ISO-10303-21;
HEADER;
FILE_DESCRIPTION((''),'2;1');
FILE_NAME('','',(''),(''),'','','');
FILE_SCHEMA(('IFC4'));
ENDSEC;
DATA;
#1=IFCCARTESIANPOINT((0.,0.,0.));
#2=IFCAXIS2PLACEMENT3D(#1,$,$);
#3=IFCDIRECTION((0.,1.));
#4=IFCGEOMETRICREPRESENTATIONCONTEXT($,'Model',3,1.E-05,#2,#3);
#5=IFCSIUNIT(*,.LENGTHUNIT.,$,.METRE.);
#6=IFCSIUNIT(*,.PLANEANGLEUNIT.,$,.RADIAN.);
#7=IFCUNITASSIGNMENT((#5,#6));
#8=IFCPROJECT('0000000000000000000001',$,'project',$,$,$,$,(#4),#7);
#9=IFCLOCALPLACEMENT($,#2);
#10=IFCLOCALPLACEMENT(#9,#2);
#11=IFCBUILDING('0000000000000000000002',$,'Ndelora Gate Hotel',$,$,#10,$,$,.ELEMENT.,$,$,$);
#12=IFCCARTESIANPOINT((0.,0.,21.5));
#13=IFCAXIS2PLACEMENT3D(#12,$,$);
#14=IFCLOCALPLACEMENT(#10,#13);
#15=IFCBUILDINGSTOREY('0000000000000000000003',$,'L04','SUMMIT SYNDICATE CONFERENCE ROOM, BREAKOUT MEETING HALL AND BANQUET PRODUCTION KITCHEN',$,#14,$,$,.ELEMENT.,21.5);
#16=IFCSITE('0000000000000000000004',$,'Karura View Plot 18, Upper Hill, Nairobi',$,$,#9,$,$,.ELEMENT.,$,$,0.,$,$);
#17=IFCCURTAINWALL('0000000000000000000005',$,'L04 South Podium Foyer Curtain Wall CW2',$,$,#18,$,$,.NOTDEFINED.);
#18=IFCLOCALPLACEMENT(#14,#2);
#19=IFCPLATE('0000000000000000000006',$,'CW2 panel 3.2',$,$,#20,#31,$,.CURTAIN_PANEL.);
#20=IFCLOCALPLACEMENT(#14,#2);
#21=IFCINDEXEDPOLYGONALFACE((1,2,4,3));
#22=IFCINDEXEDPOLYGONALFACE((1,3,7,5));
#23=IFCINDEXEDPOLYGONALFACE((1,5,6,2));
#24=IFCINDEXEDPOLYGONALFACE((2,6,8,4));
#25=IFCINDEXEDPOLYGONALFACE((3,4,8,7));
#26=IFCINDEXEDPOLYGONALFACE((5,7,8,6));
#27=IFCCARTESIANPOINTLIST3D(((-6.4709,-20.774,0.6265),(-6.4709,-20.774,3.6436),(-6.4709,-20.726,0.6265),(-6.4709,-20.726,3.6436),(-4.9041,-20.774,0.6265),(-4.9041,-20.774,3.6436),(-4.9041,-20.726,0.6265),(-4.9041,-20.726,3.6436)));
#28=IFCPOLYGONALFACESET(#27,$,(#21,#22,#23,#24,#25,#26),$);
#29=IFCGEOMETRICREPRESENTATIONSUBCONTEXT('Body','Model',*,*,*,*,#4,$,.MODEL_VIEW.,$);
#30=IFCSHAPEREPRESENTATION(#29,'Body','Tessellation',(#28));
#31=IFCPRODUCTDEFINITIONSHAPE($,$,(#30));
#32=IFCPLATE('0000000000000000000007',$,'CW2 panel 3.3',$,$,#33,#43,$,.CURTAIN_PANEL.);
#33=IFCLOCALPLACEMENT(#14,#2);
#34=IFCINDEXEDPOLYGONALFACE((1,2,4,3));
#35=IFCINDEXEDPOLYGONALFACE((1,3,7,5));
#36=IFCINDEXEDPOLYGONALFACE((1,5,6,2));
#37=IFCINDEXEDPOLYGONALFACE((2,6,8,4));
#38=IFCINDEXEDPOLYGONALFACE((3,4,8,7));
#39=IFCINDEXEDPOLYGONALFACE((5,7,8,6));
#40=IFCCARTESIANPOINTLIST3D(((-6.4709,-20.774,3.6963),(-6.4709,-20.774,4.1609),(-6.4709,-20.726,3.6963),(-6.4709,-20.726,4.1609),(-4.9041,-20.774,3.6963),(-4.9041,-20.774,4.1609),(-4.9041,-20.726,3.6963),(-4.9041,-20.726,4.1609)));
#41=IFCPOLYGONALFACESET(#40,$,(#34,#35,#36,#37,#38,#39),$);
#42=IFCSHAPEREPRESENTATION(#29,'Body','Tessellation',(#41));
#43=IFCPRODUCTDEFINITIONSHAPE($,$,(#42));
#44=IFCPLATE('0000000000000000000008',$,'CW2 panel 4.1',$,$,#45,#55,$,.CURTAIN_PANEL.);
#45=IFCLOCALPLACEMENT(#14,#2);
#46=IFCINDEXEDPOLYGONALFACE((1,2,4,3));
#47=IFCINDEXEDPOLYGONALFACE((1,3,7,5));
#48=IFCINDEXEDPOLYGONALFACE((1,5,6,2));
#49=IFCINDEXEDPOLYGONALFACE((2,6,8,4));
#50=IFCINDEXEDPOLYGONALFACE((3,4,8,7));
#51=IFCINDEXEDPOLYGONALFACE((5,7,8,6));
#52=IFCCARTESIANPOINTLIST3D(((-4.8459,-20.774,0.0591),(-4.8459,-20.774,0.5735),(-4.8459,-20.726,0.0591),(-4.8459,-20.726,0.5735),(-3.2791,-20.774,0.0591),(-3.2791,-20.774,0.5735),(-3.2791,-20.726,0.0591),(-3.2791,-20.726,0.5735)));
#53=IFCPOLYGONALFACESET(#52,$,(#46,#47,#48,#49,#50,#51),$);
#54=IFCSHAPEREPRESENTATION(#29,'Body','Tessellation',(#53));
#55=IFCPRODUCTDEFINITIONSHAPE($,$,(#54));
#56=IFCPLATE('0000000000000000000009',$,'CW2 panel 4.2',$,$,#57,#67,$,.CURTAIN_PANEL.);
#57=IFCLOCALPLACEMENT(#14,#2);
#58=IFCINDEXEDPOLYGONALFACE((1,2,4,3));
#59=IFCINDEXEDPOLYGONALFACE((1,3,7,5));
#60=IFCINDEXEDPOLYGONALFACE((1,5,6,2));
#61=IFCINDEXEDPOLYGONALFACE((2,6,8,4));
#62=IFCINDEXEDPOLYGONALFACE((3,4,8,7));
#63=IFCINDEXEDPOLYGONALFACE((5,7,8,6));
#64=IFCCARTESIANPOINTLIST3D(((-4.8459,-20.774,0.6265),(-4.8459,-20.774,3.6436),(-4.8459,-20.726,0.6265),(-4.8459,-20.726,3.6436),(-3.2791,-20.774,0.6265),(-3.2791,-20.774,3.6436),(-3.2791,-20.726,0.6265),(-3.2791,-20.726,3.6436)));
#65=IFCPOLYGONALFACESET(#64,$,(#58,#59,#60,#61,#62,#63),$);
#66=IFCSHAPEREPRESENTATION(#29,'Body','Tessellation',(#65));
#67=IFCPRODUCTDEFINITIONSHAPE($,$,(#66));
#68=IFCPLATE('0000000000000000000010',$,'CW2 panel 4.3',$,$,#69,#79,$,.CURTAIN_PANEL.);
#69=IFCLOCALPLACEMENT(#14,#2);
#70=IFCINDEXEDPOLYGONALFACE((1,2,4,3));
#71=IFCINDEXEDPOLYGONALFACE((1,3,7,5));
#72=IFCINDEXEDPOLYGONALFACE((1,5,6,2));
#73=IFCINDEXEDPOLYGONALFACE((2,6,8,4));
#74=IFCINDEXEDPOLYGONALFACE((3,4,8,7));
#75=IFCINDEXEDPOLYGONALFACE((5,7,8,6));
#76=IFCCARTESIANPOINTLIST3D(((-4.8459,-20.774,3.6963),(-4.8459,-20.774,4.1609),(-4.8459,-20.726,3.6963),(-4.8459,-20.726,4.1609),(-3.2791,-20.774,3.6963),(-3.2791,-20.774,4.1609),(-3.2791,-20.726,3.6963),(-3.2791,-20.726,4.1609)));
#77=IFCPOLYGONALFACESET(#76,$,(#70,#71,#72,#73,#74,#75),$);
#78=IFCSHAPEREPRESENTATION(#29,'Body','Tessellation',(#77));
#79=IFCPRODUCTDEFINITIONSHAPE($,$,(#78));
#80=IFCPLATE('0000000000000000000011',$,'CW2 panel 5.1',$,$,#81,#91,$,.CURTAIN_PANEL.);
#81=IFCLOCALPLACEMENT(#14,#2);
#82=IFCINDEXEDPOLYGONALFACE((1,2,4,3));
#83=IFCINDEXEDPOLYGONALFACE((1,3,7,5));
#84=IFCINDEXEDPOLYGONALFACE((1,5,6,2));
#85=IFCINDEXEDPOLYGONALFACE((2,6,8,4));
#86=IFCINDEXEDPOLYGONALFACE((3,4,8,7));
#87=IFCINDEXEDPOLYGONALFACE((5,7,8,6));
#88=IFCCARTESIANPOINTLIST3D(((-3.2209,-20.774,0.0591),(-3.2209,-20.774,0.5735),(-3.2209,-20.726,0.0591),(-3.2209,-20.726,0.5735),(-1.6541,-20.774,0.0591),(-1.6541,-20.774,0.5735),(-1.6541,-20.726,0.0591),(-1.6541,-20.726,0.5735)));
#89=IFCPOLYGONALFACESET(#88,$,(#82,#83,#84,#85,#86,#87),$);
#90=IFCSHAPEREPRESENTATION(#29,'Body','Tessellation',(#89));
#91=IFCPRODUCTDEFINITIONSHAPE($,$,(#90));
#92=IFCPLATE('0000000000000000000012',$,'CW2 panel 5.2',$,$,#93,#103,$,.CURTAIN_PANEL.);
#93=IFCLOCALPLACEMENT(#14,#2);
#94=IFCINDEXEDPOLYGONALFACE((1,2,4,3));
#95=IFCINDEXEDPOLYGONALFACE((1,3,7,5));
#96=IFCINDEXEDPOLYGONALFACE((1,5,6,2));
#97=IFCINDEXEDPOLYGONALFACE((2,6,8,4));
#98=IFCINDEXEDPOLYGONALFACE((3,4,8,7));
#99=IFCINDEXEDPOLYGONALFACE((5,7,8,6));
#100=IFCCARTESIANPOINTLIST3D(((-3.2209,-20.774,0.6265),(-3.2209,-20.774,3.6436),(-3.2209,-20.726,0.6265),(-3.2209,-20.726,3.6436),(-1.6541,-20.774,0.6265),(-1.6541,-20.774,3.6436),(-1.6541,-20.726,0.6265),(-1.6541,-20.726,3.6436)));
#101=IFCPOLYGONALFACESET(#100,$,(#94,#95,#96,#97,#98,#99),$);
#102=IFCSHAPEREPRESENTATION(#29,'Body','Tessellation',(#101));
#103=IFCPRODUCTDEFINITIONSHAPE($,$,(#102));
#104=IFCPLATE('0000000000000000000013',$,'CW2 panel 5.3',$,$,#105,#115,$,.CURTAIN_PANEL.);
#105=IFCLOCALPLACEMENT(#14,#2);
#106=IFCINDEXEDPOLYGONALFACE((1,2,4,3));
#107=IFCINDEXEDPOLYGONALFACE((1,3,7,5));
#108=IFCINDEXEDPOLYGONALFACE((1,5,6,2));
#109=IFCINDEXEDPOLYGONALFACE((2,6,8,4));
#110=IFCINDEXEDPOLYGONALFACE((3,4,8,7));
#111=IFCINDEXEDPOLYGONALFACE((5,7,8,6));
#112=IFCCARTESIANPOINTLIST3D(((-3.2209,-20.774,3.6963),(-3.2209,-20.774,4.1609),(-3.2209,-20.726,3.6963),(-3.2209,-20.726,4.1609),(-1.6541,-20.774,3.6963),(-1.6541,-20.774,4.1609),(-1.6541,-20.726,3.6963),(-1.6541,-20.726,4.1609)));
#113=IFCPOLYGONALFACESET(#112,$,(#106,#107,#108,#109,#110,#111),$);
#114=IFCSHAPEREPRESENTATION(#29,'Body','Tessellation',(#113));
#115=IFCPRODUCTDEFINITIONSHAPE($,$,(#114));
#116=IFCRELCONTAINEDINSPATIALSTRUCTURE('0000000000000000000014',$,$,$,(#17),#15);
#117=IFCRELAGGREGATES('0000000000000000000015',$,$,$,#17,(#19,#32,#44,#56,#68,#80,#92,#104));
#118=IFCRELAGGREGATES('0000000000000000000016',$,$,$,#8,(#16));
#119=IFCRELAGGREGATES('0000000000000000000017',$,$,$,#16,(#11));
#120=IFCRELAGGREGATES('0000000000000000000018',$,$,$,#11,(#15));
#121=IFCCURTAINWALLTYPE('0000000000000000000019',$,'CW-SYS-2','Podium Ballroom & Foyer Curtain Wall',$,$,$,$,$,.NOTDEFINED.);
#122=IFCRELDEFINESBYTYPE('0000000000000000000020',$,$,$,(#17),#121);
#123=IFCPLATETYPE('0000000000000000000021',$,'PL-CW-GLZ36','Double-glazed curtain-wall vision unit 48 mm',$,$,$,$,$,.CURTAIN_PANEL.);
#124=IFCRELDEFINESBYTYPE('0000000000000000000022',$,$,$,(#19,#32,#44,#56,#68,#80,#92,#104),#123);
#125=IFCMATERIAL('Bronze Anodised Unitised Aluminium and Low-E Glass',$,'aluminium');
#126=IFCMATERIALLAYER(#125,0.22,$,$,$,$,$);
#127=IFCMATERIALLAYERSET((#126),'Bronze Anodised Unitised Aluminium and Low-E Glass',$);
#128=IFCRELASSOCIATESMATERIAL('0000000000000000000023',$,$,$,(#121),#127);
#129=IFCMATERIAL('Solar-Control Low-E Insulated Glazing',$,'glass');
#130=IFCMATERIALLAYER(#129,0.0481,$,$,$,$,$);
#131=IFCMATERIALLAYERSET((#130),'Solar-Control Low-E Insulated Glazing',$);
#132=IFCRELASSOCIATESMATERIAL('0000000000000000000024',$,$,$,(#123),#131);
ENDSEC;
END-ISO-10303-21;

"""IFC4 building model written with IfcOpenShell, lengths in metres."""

from ifc_helpers import new_model, si_unit, direction, frame, origin, origin_2d, place, context, subcontext, project, spatial, rectangle, extrude, material, layer, layer_set, type_object, element, aggregate, save


model = new_model("IFC4")

# Units and contexts
model_context = context("Model", 3, precision=1e-05, world=origin(), true_north=direction((0.0, 1.0)))
body_context = subcontext(model_context, "Body", "Model", "MODEL_VIEW")
ifc_project = project(units=[si_unit("LENGTHUNIT", "METRE"), si_unit("PLANEANGLEUNIT", "RADIAN")], contexts=[model_context])

# Site, building, storey
site_placement = place(None, origin())
site = spatial("IfcSite", under=ifc_project, at=site_placement, Name="Karura View Plot 18, Upper Hill, Nairobi", CompositionType="ELEMENT", RefElevation=0.0)
building_placement = place(site_placement, origin())
building = spatial("IfcBuilding", under=site, at=building_placement, Name="Ndelora Gate Hotel", CompositionType="ELEMENT")
storey_placement = place(building_placement, frame((0.0, 0.0, 21.5)))
storey = spatial("IfcBuildingStorey", under=building, at=storey_placement, Name="L04", Description="SUMMIT SYNDICATE CONFERENCE ROOM, BREAKOUT MEETING HALL AND BANQUET PRODUCTION KITCHEN", CompositionType="ELEMENT", Elevation=21.5)

# Curtain wall, plates
ifc_material_1 = material(Name="Bronze Anodised Unitised Aluminium and Low-E Glass", Category="aluminium")
ifc_layer_1 = layer(ifc_material_1, 0.22)
ifc_layer_set_1 = layer_set([ifc_layer_1], Name="Bronze Anodised Unitised Aluminium and Low-E Glass")
curtain_wall_type = type_object("IfcCurtainWallType", Name="CW-SYS-2", Description="Podium Ballroom & Foyer Curtain Wall", PredefinedType="NOTDEFINED", material=ifc_layer_set_1)
curtain_wall_placement = place(storey_placement, origin())
curtain_wall = element("IfcCurtainWall", 1, at=curtain_wall_placement, inside=storey, type_object=curtain_wall_type, Name="L04 South Podium Foyer Curtain Wall CW2", PredefinedType="NOTDEFINED")
ifc_material_2 = material(Name="Solar-Control Low-E Insulated Glazing", Category="glass")
ifc_layer_2 = layer(ifc_material_2, 0.0481)
ifc_layer_set_2 = layer_set([ifc_layer_2], Name="Solar-Control Low-E Insulated Glazing")
plate_type = type_object("IfcPlateType", Name="PL-CW-GLZ36", Description="Double-glazed curtain-wall vision unit 48 mm", PredefinedType="CURTAIN_PANEL", material=ifc_layer_set_2)
plate_1_placement = place(storey_placement, frame((-5.6875, -20.75, 0.6265), z_axis=(0.0, 0.0, 1.0), x_axis=(1.0, 0.0, 0.0)))
plate_1 = element("IfcPlate", 2, at=plate_1_placement, type_object=plate_type, Name="CW2 panel 3.2", PredefinedType="CURTAIN_PANEL", context=body_context, shape_type="SweptSolid", body=[
    extrude(rectangle(XDim=1.5669, YDim=0.0481, at=origin_2d()), origin(), (0.0, 0.0, 1.0), 3.0171),
])
plate_2_placement = place(storey_placement, frame((-5.6875, -20.75, 3.6963), z_axis=(0.0, 0.0, 1.0), x_axis=(1.0, 0.0, 0.0)))
plate_2 = element("IfcPlate", 3, at=plate_2_placement, type_object=plate_type, Name="CW2 panel 3.3", PredefinedType="CURTAIN_PANEL", context=body_context, shape_type="SweptSolid", body=[
    extrude(rectangle(XDim=1.5669, YDim=0.0481, at=origin_2d()), origin(), (0.0, 0.0, 1.0), 0.4646),
])
plate_3_placement = place(storey_placement, frame((-4.0625, -20.75, 0.0591), z_axis=(0.0, 0.0, 1.0), x_axis=(1.0, 0.0, 0.0)))
plate_3 = element("IfcPlate", 4, at=plate_3_placement, type_object=plate_type, Name="CW2 panel 4.1", PredefinedType="CURTAIN_PANEL", context=body_context, shape_type="SweptSolid", body=[
    extrude(rectangle(XDim=1.5669, YDim=0.0481, at=origin_2d()), origin(), (0.0, 0.0, 1.0), 0.5144),
])
plate_4_placement = place(storey_placement, frame((-4.0625, -20.75, 0.6265), z_axis=(0.0, 0.0, 1.0), x_axis=(1.0, 0.0, 0.0)))
plate_4 = element("IfcPlate", 5, at=plate_4_placement, type_object=plate_type, Name="CW2 panel 4.2", PredefinedType="CURTAIN_PANEL", context=body_context, shape_type="SweptSolid", body=[
    extrude(rectangle(XDim=1.5669, YDim=0.0481, at=origin_2d()), origin(), (0.0, 0.0, 1.0), 3.0171),
])
plate_5_placement = place(storey_placement, frame((-4.0625, -20.75, 3.6963), z_axis=(0.0, 0.0, 1.0), x_axis=(1.0, 0.0, 0.0)))
plate_5 = element("IfcPlate", 6, at=plate_5_placement, type_object=plate_type, Name="CW2 panel 4.3", PredefinedType="CURTAIN_PANEL", context=body_context, shape_type="SweptSolid", body=[
    extrude(rectangle(XDim=1.5669, YDim=0.0481, at=origin_2d()), origin(), (0.0, 0.0, 1.0), 0.4646),
])
plate_6_placement = place(storey_placement, frame((-2.4375, -20.75, 0.0591), z_axis=(0.0, 0.0, 1.0), x_axis=(1.0, 0.0, 0.0)))
plate_6 = element("IfcPlate", 7, at=plate_6_placement, type_object=plate_type, Name="CW2 panel 5.1", PredefinedType="CURTAIN_PANEL", context=body_context, shape_type="SweptSolid", body=[
    extrude(rectangle(XDim=1.5669, YDim=0.0481, at=origin_2d()), origin(), (0.0, 0.0, 1.0), 0.5144),
])
plate_7_placement = place(storey_placement, frame((-2.4375, -20.75, 0.6265), z_axis=(0.0, 0.0, 1.0), x_axis=(1.0, 0.0, 0.0)))
plate_7 = element("IfcPlate", 8, at=plate_7_placement, type_object=plate_type, Name="CW2 panel 5.2", PredefinedType="CURTAIN_PANEL", context=body_context, shape_type="SweptSolid", body=[
    extrude(rectangle(XDim=1.5669, YDim=0.0481, at=origin_2d()), origin(), (0.0, 0.0, 1.0), 3.0171),
])
plate_8_placement = place(storey_placement, frame((-2.4375, -20.75, 3.6963), z_axis=(0.0, 0.0, 1.0), x_axis=(1.0, 0.0, 0.0)))
plate_8 = element("IfcPlate", 9, at=plate_8_placement, type_object=plate_type, Name="CW2 panel 5.3", PredefinedType="CURTAIN_PANEL", context=body_context, shape_type="SweptSolid", body=[
    extrude(rectangle(XDim=1.5669, YDim=0.0481, at=origin_2d()), origin(), (0.0, 0.0, 1.0), 0.4646),
])
aggregate(curtain_wall, [plate_1, plate_2, plate_3, plate_4, plate_5, plate_6, plate_7, plate_8])

save(model, "model.ifc")
